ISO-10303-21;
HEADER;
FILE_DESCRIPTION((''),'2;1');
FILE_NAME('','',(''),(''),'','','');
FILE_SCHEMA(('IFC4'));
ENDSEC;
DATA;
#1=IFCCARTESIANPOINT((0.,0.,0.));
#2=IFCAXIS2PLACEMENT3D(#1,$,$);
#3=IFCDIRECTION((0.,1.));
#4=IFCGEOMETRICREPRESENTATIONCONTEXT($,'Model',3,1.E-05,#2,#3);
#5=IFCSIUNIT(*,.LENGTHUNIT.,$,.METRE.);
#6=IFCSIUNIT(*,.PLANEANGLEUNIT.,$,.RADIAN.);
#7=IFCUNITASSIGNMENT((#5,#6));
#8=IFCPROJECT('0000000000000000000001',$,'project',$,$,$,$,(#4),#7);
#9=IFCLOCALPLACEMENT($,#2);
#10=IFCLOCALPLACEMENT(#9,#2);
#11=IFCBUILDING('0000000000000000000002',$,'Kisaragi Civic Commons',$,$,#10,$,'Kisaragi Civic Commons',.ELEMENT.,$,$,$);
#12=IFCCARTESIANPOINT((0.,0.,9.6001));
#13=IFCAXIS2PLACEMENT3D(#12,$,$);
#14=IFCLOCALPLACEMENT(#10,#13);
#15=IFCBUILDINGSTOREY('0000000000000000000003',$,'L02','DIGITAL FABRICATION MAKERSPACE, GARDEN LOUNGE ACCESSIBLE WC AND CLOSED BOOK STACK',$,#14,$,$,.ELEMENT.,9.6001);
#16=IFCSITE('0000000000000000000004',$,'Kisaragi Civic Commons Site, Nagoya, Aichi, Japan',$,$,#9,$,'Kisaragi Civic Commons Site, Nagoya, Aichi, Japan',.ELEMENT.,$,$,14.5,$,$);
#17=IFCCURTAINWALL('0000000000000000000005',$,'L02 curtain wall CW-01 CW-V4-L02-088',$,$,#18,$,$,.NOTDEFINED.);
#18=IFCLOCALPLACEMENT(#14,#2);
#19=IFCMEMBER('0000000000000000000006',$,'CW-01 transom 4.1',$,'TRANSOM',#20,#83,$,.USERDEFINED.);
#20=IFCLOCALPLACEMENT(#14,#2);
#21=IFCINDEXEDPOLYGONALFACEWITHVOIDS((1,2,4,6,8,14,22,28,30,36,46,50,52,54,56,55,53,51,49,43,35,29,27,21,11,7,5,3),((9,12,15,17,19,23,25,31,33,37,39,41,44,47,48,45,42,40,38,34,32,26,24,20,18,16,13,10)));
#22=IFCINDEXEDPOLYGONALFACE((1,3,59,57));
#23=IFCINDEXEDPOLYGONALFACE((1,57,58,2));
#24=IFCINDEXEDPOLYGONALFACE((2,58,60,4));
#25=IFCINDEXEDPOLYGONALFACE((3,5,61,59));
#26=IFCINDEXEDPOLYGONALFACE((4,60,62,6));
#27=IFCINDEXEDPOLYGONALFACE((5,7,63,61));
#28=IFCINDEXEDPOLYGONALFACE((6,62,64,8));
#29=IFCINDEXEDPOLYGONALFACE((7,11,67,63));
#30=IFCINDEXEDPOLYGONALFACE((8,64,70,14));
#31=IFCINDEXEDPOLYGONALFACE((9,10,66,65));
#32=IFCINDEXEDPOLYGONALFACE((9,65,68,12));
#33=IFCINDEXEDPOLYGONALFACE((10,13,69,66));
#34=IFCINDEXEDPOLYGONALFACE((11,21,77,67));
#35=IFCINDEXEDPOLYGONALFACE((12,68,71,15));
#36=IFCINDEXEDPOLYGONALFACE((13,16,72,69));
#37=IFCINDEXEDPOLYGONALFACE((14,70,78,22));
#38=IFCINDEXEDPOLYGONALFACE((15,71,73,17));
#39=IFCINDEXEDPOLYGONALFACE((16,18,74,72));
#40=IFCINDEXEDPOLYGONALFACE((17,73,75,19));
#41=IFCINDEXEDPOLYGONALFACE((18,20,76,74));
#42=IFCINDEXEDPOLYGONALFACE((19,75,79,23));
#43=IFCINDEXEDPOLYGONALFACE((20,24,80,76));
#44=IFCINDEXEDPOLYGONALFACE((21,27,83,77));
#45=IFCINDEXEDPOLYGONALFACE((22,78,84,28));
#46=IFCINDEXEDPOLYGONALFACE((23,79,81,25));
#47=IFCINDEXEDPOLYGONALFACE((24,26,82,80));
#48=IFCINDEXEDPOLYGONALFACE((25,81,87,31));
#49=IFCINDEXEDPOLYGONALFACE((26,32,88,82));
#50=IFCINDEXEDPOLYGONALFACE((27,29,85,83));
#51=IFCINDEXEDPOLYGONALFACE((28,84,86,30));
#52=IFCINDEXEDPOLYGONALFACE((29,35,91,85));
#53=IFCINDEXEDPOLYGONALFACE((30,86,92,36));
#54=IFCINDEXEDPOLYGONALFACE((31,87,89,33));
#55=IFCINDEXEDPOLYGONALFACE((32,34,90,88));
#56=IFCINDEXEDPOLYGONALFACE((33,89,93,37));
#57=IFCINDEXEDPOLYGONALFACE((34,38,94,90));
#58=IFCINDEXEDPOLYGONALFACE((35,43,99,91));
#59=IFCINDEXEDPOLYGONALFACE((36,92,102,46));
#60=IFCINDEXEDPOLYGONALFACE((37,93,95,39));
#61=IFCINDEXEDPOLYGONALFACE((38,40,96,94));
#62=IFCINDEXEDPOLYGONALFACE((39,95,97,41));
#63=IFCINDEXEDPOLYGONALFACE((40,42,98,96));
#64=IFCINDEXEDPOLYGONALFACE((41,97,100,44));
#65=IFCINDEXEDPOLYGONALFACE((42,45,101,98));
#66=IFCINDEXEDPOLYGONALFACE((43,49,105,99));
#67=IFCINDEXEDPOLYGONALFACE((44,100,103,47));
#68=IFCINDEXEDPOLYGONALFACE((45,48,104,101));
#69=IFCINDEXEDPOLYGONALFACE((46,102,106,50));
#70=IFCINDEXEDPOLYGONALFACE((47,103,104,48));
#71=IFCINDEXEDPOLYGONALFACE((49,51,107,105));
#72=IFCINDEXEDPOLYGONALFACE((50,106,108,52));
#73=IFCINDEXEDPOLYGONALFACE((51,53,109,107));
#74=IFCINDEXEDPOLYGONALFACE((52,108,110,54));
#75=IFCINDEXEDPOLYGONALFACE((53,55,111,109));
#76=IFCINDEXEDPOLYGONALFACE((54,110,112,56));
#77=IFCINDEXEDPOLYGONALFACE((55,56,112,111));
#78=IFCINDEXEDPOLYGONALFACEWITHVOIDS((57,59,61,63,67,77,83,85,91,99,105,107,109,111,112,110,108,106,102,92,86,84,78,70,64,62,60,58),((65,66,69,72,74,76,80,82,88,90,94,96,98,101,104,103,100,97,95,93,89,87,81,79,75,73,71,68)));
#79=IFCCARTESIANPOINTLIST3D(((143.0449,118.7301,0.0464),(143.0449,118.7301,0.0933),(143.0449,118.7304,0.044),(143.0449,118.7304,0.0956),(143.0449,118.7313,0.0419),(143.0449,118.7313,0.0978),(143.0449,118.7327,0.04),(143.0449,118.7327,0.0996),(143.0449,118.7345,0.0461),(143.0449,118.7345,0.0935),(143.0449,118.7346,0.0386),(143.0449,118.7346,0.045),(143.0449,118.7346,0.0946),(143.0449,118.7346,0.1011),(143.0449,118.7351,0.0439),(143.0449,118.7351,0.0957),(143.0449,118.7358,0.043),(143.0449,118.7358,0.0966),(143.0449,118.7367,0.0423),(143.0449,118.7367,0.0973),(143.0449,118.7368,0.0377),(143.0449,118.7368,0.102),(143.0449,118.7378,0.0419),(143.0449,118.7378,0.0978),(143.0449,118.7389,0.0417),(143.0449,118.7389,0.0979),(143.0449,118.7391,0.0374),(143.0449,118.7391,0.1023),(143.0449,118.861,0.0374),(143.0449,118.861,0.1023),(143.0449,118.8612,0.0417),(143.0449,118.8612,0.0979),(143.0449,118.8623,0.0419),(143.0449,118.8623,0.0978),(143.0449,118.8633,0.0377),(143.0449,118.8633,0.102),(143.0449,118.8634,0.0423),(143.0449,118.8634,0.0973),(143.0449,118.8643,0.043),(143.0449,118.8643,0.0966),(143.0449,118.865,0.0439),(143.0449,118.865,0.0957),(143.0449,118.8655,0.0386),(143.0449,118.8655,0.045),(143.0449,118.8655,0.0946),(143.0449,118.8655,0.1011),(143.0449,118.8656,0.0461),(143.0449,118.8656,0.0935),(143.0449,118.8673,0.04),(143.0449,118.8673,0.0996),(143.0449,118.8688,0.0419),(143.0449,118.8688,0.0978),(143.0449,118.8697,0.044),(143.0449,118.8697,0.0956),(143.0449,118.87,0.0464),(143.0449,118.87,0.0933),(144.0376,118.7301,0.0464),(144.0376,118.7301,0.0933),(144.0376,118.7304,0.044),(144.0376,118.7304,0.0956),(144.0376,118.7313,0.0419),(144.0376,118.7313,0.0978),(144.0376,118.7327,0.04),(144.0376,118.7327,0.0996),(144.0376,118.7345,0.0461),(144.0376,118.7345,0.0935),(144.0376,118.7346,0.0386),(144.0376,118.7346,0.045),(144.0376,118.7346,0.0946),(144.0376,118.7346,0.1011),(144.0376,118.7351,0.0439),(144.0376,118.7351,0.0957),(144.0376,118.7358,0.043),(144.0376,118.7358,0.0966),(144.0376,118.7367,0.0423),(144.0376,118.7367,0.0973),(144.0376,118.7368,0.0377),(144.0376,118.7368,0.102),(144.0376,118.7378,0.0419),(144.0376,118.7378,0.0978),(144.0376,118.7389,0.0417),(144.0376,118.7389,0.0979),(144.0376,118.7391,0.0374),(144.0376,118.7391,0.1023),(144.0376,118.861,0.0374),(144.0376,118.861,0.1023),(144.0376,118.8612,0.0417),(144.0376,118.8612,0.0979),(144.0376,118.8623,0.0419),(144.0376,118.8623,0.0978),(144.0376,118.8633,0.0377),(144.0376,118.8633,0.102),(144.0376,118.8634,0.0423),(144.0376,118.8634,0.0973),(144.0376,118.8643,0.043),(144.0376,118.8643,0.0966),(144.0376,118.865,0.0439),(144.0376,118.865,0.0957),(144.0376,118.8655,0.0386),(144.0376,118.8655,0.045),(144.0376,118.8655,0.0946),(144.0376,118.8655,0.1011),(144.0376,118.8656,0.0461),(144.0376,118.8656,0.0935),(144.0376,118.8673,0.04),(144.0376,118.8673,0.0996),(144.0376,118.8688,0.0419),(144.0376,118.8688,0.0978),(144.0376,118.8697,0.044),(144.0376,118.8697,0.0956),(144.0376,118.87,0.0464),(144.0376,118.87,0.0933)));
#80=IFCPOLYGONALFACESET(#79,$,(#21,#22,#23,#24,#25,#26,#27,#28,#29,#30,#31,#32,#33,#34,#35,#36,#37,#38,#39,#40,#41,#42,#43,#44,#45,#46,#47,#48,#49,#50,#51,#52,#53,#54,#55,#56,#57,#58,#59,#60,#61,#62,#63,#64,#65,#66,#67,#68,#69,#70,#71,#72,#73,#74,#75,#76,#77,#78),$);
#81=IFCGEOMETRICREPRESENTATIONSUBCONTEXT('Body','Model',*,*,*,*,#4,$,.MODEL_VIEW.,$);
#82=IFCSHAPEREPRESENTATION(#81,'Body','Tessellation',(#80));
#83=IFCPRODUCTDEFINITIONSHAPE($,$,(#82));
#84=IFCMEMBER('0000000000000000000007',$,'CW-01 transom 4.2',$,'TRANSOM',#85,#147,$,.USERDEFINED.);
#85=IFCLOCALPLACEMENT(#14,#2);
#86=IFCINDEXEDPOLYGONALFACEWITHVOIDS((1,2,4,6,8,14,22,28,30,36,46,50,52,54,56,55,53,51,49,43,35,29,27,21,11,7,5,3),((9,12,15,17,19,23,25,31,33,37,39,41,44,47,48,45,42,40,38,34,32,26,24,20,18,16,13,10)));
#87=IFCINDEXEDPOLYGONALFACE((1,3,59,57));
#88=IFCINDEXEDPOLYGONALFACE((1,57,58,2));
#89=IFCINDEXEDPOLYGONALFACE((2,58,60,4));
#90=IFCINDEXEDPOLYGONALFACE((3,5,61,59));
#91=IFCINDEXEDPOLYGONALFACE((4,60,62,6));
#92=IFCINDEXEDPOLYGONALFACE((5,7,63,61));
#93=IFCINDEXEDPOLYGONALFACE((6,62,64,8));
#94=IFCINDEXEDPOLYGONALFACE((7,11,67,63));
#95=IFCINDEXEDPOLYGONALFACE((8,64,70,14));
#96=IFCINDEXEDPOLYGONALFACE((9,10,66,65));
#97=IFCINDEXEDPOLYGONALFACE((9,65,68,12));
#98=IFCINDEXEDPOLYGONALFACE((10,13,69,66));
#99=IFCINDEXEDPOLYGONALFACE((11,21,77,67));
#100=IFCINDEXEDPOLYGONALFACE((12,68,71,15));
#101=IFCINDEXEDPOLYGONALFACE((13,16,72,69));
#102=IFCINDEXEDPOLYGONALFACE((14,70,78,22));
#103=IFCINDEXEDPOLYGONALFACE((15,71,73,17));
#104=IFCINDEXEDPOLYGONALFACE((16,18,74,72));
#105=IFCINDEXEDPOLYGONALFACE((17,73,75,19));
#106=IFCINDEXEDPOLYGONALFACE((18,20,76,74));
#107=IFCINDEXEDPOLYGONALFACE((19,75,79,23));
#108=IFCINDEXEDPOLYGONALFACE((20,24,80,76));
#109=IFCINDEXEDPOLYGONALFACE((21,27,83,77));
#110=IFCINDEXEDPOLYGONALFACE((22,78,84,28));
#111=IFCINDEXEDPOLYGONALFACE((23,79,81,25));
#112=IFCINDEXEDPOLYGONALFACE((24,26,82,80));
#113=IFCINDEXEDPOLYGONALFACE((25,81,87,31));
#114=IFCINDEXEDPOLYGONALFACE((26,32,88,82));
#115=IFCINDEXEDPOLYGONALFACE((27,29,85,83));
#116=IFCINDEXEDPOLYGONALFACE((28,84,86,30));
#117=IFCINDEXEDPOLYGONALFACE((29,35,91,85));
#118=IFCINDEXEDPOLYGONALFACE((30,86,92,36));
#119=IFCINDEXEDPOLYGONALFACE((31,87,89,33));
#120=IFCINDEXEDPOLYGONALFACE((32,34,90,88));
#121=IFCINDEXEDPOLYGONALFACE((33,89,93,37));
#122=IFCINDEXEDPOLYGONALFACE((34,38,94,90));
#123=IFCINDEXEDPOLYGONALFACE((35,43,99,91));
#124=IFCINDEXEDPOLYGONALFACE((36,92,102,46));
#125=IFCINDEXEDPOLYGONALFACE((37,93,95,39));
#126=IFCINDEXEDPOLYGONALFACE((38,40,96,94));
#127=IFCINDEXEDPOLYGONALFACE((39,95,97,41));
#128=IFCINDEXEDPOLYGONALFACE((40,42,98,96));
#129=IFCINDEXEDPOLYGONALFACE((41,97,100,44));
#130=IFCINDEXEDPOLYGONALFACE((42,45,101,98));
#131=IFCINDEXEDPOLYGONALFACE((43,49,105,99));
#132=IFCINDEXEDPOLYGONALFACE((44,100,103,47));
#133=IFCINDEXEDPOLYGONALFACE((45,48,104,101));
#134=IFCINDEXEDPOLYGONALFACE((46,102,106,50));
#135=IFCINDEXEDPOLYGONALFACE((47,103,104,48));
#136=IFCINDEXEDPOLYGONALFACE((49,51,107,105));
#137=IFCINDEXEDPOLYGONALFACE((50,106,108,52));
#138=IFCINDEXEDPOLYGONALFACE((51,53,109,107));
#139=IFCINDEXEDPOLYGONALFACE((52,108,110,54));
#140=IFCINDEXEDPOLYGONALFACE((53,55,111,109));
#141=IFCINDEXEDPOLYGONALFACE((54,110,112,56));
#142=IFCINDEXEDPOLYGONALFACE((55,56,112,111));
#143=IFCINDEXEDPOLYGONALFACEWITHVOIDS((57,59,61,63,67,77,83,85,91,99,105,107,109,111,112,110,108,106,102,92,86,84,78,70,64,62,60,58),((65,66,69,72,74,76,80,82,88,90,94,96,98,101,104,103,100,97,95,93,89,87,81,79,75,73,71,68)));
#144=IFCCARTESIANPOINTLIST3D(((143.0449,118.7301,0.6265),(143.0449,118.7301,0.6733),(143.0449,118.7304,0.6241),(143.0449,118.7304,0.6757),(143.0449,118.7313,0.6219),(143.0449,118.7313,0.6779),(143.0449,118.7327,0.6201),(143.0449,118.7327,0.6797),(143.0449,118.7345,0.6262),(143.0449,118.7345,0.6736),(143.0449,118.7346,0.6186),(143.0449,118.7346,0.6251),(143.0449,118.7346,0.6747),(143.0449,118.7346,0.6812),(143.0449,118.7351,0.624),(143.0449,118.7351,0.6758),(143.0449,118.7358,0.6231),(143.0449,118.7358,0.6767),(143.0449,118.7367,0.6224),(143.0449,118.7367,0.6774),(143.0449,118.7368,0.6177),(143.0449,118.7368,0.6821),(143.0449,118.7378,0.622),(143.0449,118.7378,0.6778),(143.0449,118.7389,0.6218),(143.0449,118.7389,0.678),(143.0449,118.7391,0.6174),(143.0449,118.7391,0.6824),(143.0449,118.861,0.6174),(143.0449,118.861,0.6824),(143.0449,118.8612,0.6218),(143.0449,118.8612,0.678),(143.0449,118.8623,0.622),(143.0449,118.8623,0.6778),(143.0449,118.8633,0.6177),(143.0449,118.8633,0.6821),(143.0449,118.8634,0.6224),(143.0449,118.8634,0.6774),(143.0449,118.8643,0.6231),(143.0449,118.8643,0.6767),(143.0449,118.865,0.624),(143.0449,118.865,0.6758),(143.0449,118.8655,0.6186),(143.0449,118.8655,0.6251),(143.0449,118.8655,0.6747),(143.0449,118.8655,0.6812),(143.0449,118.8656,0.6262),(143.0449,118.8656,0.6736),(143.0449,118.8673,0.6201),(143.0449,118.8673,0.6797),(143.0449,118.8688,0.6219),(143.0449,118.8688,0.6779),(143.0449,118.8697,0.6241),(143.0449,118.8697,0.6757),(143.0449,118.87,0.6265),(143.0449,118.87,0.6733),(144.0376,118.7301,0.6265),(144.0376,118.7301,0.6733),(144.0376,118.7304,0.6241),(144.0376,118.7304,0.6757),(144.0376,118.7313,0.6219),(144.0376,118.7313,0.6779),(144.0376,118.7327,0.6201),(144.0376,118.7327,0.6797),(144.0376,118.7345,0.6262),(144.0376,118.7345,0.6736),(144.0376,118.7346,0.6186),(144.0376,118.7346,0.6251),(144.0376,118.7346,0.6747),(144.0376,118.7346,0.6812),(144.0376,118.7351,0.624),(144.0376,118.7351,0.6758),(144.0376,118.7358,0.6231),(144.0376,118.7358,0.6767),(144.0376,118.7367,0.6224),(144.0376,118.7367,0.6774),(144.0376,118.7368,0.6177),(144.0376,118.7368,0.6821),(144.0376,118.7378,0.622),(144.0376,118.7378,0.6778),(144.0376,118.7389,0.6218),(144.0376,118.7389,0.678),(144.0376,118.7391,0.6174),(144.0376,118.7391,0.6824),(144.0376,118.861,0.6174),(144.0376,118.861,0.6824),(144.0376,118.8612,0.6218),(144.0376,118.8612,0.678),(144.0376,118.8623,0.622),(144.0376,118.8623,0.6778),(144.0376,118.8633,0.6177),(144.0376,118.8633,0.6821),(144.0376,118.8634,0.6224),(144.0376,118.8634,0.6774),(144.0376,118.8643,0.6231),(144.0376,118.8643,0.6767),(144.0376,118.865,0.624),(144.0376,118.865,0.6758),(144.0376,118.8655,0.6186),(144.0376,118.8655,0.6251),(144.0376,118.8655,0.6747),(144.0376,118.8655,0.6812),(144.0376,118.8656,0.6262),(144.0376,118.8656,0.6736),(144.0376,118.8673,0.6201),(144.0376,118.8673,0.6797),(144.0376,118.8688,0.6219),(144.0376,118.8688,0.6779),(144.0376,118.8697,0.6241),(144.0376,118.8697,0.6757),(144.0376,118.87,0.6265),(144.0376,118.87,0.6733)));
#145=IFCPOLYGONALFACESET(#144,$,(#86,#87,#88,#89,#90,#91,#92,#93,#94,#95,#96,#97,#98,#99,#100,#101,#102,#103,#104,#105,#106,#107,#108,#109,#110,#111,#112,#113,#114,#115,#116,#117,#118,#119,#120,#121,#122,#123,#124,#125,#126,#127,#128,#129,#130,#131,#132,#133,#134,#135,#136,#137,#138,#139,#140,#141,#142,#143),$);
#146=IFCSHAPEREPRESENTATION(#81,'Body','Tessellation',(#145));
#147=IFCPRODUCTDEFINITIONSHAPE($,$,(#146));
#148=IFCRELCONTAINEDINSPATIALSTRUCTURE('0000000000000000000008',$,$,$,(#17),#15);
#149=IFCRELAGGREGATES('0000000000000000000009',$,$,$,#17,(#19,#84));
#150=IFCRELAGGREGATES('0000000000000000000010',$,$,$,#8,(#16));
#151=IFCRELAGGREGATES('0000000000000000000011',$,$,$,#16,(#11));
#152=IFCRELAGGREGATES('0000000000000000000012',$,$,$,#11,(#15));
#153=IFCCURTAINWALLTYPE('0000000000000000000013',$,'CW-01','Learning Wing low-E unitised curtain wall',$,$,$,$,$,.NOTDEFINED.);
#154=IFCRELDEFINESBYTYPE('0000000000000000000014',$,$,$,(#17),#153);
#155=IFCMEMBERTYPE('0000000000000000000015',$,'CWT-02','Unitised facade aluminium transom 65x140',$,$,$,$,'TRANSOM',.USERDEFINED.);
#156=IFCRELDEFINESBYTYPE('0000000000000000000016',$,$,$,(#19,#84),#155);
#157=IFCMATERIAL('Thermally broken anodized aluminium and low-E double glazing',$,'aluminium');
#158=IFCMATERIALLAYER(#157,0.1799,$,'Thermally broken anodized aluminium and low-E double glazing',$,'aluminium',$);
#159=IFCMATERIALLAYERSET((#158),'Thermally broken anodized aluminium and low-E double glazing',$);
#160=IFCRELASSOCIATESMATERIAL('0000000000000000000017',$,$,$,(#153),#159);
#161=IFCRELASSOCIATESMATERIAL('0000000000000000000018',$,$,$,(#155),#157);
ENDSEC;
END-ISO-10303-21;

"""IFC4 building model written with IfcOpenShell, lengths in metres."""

from ifc_helpers import new_model, si_unit, direction, frame, origin, origin_2d, place, context, subcontext, project, spatial, hollow_rectangle, extrude, material, layer, layer_set, material_profile, profile_set, type_object, element, aggregate, save


model = new_model("IFC4")

# Units and contexts
model_context = context("Model", 3, precision=1e-05, world=origin(), true_north=direction((0.0, 1.0)))
body_context = subcontext(model_context, "Body", "Model", "MODEL_VIEW")
ifc_project = project(units=[si_unit("LENGTHUNIT", "METRE"), si_unit("PLANEANGLEUNIT", "RADIAN")], contexts=[model_context])

# Site, building, storey
site_placement = place(None, origin())
site = spatial("IfcSite", under=ifc_project, at=site_placement, Name="Kisaragi Civic Commons Site, Nagoya, Aichi, Japan", LongName="Kisaragi Civic Commons Site, Nagoya, Aichi, Japan", CompositionType="ELEMENT", RefElevation=14.5)
building_placement = place(site_placement, origin())
building = spatial("IfcBuilding", under=site, at=building_placement, Name="Kisaragi Civic Commons", LongName="Kisaragi Civic Commons", CompositionType="ELEMENT")
storey_placement = place(building_placement, frame((0.0, 0.0, 9.6001)))
storey = spatial("IfcBuildingStorey", under=building, at=storey_placement, Name="L02", Description="DIGITAL FABRICATION MAKERSPACE, GARDEN LOUNGE ACCESSIBLE WC AND CLOSED BOOK STACK", CompositionType="ELEMENT", Elevation=9.6001)

# Curtain wall, members
ifc_material_1 = material(Name="Thermally broken anodized aluminium and low-E double glazing", Category="aluminium")
ifc_layer_1 = layer(ifc_material_1, 0.1799, Name="Thermally broken anodized aluminium and low-E double glazing", Category="aluminium")
ifc_layer_set_1 = layer_set([ifc_layer_1], Name="Thermally broken anodized aluminium and low-E double glazing")
curtain_wall_type = type_object("IfcCurtainWallType", Name="CW-01", Description="Learning Wing low-E unitised curtain wall", PredefinedType="NOTDEFINED", material=ifc_layer_set_1)
curtain_wall_placement = place(storey_placement, origin())
curtain_wall = element("IfcCurtainWall", 1, at=curtain_wall_placement, inside=storey, type_object=curtain_wall_type, Name="L02 curtain wall CW-01 CW-V4-L02-088", PredefinedType="NOTDEFINED")
ifc_material_profile_1 = material_profile(ifc_material_1, hollow_rectangle(XDim=0.1399, YDim=0.0649, WallThickness=0.0044, InnerFilletRadius=0.0044, OuterFilletRadius=0.009, at=origin_2d()), Name="CWT-65x140x4.5", Category="aluminium")
ifc_profile_set_1 = profile_set([ifc_material_profile_1], Name="Thermally broken anodized aluminium and low-E double glazing")
member_type_1 = type_object("IfcMemberType", Name="CWT-02", Description="Unitised facade aluminium transom 65x140", ElementType="TRANSOM", PredefinedType="USERDEFINED", material=ifc_profile_set_1)
member_1_placement = place(storey_placement, frame((143.0449, 118.8, 0.0698), z_axis=(1.0, 0.0, 0.0), x_axis=(0.0, 1.0, 0.0)))
member_1 = element("IfcMember", 2, at=member_1_placement, type_object=member_type_1, Name="CW-01 transom 4.1", ObjectType="TRANSOM", PredefinedType="USERDEFINED", context=body_context, shape_type="SweptSolid", body=[
    extrude(hollow_rectangle(XDim=0.1399, YDim=0.0649, WallThickness=0.0044, InnerFilletRadius=0.0044, OuterFilletRadius=0.009, at=origin_2d()), origin(), (0.0, 0.0, 1.0), 0.9927),
])
member_2_placement = place(storey_placement, frame((143.0449, 118.8, 0.6499), z_axis=(1.0, 0.0, 0.0), x_axis=(0.0, 1.0, 0.0)))
member_2 = element("IfcMember", 3, at=member_2_placement, type_object=member_type_1, Name="CW-01 transom 4.2", ObjectType="TRANSOM", PredefinedType="USERDEFINED", context=body_context, shape_type="SweptSolid", body=[
    extrude(hollow_rectangle(XDim=0.1399, YDim=0.0649, WallThickness=0.0044, InnerFilletRadius=0.0044, OuterFilletRadius=0.009, at=origin_2d()), origin(), (0.0, 0.0, 1.0), 0.9927),
])
aggregate(curtain_wall, [member_1, member_2])

save(model, "model.ifc")
